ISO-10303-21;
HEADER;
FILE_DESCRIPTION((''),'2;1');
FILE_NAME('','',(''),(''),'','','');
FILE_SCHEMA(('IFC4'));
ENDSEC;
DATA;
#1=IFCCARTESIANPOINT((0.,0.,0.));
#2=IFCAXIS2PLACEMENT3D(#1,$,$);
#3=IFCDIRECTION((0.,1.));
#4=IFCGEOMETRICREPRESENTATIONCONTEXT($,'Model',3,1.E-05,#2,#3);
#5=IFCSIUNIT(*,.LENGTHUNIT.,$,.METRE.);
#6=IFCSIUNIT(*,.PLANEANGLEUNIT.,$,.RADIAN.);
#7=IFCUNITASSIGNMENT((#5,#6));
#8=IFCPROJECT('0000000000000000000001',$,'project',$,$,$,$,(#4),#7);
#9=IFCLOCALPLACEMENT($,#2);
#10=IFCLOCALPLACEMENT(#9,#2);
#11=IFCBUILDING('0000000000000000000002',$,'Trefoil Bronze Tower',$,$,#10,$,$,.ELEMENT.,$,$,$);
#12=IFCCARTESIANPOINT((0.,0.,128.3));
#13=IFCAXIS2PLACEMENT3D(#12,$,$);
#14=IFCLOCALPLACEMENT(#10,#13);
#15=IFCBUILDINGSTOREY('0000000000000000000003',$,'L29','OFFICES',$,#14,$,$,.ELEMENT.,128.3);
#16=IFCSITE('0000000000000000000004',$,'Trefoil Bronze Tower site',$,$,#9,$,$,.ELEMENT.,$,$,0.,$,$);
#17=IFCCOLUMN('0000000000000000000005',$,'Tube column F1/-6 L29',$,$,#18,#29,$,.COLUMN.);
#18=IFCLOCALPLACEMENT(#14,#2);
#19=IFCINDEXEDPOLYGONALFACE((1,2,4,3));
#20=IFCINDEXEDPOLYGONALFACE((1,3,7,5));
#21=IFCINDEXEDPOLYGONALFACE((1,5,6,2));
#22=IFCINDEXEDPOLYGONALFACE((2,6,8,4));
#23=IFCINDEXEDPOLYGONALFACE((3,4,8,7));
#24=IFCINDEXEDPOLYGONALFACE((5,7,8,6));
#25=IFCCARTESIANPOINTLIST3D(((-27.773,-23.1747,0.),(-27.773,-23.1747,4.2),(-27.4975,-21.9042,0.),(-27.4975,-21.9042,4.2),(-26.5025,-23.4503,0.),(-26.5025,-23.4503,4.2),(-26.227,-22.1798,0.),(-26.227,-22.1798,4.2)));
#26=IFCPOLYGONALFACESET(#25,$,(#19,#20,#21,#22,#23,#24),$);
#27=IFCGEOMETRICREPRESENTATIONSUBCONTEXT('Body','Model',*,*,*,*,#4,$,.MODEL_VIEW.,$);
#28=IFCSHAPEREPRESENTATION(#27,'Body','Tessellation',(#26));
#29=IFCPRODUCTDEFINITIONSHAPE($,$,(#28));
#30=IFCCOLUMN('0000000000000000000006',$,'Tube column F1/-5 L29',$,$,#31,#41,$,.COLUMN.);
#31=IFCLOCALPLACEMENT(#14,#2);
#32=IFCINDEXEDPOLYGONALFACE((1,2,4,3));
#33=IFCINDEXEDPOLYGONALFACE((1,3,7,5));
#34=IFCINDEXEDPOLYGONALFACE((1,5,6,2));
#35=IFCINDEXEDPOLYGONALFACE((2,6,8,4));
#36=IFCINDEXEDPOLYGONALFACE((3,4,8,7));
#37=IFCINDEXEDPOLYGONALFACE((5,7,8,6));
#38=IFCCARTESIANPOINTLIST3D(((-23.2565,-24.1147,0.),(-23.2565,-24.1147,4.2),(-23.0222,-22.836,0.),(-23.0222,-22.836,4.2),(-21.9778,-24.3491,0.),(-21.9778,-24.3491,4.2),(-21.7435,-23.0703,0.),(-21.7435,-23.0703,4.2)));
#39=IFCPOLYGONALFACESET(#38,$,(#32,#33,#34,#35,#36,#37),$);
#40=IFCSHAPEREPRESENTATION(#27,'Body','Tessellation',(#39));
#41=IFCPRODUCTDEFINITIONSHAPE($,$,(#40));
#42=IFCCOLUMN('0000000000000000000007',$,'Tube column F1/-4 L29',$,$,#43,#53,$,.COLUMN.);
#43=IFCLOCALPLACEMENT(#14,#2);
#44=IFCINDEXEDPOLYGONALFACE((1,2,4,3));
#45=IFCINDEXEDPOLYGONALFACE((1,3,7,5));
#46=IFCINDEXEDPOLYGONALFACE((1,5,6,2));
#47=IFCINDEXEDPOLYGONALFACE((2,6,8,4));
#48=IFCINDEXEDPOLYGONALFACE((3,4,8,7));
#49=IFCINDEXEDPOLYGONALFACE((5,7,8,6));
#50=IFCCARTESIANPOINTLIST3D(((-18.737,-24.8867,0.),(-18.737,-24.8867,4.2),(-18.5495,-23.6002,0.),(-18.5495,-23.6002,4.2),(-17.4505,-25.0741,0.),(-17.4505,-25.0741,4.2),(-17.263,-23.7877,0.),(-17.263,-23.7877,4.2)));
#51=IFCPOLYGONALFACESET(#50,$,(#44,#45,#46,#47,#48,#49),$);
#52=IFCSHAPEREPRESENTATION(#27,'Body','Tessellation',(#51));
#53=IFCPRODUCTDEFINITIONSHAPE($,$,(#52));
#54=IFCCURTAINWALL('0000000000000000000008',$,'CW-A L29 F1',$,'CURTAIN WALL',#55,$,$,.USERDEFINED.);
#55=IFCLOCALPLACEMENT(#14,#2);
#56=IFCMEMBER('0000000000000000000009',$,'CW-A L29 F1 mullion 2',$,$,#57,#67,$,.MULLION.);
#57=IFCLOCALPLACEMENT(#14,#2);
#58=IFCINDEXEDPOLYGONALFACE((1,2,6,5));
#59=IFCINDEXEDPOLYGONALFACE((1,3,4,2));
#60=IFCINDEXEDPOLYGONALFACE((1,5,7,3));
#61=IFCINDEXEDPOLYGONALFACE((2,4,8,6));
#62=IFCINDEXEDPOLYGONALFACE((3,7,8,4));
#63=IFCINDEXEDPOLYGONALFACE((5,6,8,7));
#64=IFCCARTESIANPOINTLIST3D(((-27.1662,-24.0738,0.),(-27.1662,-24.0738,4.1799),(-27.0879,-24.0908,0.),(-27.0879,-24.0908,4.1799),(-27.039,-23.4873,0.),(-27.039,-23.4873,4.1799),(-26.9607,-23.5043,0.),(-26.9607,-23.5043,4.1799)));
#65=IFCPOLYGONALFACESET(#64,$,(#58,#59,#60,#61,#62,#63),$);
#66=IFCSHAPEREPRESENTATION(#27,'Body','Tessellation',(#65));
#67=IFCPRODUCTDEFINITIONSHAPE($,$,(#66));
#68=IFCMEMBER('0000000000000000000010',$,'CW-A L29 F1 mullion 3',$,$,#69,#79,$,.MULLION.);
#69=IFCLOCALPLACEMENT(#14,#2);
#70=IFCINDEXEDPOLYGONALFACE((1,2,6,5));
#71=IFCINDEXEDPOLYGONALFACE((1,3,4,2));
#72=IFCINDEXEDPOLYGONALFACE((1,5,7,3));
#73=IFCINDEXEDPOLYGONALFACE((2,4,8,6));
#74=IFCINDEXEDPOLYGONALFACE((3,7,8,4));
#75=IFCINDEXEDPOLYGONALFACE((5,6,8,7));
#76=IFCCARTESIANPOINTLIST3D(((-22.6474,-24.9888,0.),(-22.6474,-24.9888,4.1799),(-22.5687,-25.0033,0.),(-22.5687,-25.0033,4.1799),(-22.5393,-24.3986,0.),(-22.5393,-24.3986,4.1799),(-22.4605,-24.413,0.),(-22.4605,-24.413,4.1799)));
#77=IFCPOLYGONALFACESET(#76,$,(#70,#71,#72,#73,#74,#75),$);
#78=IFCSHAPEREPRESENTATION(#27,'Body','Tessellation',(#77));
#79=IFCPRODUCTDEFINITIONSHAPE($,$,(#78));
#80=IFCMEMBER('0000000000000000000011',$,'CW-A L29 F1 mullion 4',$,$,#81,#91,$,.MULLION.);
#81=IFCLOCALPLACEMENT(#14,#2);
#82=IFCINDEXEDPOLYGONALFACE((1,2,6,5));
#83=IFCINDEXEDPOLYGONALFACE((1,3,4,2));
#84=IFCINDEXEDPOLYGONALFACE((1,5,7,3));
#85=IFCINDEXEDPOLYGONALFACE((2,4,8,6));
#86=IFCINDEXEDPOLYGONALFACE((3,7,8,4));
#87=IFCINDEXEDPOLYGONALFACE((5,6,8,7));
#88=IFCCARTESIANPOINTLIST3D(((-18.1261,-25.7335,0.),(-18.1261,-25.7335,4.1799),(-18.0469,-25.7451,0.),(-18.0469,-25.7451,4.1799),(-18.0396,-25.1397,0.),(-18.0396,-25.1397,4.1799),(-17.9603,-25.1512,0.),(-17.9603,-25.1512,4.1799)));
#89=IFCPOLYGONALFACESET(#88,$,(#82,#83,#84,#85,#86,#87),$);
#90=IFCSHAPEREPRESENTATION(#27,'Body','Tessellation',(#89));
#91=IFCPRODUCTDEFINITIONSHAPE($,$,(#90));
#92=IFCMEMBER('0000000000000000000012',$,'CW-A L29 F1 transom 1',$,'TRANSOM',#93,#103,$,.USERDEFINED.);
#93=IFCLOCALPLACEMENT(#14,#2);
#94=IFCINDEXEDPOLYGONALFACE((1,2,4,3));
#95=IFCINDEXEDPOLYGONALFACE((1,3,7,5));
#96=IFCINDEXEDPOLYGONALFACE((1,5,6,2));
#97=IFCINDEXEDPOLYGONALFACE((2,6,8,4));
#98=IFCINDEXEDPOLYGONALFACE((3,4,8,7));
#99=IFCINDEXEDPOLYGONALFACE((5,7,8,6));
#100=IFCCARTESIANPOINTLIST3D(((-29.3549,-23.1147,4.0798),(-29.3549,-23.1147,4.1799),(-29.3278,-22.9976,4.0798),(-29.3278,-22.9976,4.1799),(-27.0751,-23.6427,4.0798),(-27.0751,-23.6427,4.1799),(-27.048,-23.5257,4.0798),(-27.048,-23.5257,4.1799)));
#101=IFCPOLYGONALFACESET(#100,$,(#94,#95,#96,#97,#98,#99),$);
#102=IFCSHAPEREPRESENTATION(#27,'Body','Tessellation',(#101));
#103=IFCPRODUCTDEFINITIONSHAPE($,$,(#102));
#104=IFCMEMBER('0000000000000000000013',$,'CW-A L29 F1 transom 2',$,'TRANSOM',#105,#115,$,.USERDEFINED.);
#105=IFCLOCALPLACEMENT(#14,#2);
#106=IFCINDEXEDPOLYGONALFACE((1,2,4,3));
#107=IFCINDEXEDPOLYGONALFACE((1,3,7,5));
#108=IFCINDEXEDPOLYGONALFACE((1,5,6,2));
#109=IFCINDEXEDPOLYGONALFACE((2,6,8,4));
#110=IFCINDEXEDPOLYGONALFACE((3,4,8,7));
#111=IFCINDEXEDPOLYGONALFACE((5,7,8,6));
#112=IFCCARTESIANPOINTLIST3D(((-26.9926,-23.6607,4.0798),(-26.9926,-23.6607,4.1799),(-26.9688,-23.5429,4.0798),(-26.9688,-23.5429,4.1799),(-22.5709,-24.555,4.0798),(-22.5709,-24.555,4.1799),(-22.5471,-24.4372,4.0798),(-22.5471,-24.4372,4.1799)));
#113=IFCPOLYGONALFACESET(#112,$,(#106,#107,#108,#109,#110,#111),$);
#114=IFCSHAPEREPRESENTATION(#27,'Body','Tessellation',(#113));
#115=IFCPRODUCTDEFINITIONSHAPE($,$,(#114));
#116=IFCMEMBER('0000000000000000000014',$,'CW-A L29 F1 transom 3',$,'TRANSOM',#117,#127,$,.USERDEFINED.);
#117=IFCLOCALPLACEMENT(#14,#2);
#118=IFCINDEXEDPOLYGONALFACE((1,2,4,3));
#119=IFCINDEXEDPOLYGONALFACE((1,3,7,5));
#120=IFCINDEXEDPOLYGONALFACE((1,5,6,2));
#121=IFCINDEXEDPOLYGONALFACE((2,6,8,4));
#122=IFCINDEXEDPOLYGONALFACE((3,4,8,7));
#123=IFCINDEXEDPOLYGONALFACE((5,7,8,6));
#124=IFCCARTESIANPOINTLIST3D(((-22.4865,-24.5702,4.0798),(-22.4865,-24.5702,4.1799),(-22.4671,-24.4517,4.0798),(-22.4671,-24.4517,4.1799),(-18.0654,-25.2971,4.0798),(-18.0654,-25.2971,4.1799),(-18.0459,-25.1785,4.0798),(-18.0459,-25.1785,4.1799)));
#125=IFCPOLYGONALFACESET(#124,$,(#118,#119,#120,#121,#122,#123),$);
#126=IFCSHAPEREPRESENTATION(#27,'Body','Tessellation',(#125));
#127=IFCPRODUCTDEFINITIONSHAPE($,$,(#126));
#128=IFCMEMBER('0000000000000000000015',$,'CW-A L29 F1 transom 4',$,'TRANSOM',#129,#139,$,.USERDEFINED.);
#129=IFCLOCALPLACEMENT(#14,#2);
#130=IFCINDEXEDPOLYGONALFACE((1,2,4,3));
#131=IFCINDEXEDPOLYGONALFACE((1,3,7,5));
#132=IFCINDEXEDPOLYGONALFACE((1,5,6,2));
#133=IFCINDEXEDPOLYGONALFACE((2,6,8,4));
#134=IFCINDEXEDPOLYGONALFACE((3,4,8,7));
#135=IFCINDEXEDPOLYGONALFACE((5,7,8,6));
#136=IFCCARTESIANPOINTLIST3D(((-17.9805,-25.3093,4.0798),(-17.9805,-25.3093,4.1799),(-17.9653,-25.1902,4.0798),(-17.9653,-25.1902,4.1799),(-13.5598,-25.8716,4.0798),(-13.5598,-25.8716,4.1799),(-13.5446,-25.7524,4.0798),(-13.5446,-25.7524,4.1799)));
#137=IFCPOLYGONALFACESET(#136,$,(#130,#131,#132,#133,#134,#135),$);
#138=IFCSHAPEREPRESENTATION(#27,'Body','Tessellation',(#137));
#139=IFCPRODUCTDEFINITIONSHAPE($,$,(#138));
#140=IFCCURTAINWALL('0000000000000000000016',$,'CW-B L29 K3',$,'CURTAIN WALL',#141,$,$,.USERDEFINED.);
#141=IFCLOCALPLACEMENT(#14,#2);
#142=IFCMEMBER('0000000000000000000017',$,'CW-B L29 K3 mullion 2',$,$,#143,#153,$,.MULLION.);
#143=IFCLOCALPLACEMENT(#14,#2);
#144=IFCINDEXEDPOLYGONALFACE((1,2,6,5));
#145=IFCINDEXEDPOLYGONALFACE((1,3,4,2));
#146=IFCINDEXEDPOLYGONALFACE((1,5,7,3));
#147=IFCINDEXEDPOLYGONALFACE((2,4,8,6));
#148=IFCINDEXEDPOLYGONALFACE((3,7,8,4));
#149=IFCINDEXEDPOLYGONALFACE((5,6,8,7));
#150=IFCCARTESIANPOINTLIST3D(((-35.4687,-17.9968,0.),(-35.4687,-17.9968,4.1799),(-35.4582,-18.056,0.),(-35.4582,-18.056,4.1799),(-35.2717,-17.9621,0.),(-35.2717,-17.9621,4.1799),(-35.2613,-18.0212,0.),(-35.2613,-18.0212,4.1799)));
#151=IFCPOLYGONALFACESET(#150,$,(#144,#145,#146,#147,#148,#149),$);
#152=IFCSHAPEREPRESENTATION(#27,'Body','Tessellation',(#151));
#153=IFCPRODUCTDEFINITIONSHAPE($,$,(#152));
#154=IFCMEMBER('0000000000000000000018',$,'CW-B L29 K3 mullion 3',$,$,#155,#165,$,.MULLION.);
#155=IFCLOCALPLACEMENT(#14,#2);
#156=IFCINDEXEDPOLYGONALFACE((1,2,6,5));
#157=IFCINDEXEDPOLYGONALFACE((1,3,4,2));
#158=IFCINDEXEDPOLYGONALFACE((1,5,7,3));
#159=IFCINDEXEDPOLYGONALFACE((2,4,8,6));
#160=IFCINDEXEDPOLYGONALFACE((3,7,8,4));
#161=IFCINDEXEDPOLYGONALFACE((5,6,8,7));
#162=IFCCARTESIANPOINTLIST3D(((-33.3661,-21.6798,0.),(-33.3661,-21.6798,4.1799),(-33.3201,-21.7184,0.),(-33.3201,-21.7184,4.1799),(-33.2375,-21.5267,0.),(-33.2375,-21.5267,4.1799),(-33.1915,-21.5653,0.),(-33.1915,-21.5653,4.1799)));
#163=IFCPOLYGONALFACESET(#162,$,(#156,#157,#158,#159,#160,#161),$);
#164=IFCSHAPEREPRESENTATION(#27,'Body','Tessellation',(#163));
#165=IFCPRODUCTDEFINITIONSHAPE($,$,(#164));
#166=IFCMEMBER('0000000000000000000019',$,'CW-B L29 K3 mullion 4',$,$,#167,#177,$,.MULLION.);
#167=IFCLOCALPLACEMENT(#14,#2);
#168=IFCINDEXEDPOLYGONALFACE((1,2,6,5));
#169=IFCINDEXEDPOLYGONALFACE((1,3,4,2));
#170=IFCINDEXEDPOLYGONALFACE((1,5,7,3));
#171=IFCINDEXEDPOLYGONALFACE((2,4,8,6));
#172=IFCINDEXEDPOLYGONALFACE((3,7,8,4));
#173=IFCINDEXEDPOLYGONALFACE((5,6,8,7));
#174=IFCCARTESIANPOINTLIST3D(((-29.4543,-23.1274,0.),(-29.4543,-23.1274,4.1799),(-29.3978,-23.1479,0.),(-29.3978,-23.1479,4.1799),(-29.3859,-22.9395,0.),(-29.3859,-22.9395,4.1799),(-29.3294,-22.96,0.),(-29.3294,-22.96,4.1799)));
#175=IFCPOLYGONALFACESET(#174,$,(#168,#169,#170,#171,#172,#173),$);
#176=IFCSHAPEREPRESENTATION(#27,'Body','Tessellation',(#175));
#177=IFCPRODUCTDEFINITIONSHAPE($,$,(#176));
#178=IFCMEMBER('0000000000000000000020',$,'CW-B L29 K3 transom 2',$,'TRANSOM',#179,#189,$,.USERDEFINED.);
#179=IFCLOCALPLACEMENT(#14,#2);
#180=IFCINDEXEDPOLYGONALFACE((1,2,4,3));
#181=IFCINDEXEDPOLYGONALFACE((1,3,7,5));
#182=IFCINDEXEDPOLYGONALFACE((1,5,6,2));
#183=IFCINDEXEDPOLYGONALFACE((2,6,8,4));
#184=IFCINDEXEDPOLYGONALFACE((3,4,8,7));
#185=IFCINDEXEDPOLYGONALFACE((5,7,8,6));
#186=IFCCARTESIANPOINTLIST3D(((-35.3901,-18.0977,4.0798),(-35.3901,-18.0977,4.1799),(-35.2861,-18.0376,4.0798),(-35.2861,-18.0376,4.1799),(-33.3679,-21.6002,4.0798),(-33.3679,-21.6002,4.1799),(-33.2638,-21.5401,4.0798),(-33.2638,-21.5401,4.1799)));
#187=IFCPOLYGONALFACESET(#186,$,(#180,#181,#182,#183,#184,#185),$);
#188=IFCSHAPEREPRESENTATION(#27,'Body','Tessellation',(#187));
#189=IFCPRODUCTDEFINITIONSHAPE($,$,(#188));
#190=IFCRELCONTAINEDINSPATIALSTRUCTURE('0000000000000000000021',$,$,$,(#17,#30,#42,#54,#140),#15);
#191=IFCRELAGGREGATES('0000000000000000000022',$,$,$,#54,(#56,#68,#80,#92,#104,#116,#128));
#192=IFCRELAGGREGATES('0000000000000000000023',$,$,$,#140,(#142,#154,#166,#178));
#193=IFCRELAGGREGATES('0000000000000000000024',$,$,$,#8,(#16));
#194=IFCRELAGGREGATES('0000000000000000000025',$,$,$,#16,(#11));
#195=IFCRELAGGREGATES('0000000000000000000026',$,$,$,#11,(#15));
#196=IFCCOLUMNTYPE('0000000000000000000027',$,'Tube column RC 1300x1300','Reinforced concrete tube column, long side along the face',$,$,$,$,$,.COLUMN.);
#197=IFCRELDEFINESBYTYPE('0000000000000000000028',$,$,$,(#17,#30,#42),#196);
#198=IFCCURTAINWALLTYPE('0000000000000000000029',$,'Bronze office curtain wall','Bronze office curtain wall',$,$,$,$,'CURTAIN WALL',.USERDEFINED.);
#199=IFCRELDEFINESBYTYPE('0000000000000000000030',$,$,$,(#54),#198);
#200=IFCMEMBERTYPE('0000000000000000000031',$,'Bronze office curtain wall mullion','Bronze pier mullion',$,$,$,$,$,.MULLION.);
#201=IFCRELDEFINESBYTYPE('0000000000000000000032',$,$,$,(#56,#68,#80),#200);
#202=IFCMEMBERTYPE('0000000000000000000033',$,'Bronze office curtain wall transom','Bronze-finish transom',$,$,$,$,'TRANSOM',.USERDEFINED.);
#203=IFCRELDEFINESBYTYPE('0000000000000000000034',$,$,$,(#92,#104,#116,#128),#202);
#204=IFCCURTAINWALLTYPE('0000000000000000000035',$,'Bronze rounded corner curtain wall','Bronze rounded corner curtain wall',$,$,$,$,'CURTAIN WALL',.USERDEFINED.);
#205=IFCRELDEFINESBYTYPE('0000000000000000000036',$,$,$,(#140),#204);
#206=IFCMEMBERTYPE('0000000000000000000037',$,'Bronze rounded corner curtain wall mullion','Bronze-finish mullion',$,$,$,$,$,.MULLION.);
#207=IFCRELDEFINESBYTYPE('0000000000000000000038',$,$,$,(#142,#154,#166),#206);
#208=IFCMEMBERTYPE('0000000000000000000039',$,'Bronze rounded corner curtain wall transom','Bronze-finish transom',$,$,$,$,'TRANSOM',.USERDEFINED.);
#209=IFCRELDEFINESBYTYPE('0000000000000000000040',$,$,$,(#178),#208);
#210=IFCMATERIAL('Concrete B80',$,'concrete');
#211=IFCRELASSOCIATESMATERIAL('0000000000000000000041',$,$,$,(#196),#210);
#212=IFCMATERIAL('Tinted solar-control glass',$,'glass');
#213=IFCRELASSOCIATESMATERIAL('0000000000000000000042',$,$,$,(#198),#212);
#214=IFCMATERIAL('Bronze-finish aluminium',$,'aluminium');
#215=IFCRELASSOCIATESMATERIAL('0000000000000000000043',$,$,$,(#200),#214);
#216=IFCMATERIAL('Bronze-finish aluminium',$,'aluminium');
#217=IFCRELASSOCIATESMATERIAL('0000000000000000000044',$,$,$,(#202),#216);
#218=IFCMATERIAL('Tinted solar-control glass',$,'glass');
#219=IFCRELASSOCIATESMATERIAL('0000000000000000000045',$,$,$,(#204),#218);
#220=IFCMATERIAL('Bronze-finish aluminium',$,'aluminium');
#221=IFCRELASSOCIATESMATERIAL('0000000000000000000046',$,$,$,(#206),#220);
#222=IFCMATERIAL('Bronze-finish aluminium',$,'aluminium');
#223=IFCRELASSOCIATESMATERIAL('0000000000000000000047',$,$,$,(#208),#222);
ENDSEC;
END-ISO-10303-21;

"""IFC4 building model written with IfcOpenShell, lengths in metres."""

from ifc_helpers import new_model, si_unit, direction, frame, origin, origin_2d, place, context, subcontext, project, spatial, rectangle, extrude, material, material_profile, profile_set, type_object, element, aggregate, save


model = new_model("IFC4")

# Units and contexts
model_context = context("Model", 3, precision=1e-05, world=origin(), true_north=direction((0.0, 1.0)))
body_context = subcontext(model_context, "Body", "Model", "MODEL_VIEW")
ifc_project = project(units=[si_unit("LENGTHUNIT", "METRE"), si_unit("PLANEANGLEUNIT", "RADIAN")], contexts=[model_context])

# Site, building, storey
site_placement = place(None, origin())
site = spatial("IfcSite", under=ifc_project, at=site_placement, Name="Trefoil Bronze Tower site", CompositionType="ELEMENT", RefElevation=0.0)
building_placement = place(site_placement, origin())
building = spatial("IfcBuilding", under=site, at=building_placement, Name="Trefoil Bronze Tower", CompositionType="ELEMENT")
storey_placement = place(building_placement, frame((0.0, 0.0, 128.3)))
storey = spatial("IfcBuildingStorey", under=building, at=storey_placement, Name="L29", Description="OFFICES", CompositionType="ELEMENT", Elevation=128.3)

# Columns
ifc_material_1 = material(Name="Concrete B80", Category="concrete")
ifc_material_profile_1 = material_profile(ifc_material_1, rectangle(XDim=1.3, YDim=1.3, at=origin_2d()), Name="RC 1300x1300")
ifc_profile_set_1 = profile_set([ifc_material_profile_1], Name="Concrete B80")
column_type = type_object("IfcColumnType", Name="Tube column RC 1300x1300", Description="Reinforced concrete tube column, long side along the face", PredefinedType="COLUMN", material=ifc_profile_set_1)
for number, where, z_axis, x_axis, name in (
    (1, (-27.0, -22.6772, 0.0), (0.0, 0.0, 1.0), (0.977276, -0.21197, 0.0), "Tube column F1/-6 L29"),
    (2, (-22.5, -23.5925, 0.0), (0.0, 0.0, 1.0), (0.983623, -0.180241, 0.0), "Tube column F1/-5 L29"),
    (3, (-18.0, -24.3372, 0.0), (0.0, 0.0, 1.0), (0.98955, -0.144192, 0.0), "Tube column F1/-4 L29"),
):
    element("IfcColumn", number, at=place(storey_placement, frame(where, z_axis=z_axis, x_axis=x_axis)), inside=storey, type_object=column_type, Name=name, PredefinedType="COLUMN", context=body_context, shape_type="SweptSolid", body=[
        extrude(rectangle(XDim=1.3, YDim=1.3, at=origin_2d()), origin(), (0.0, 0.0, 1.0), 4.2),
    ])

# Curtain walls, members
ifc_material_2 = material(Name="Tinted solar-control glass", Category="glass")
curtain_wall_type_1 = type_object("IfcCurtainWallType", Name="Bronze office curtain wall", Description="Bronze office curtain wall", ElementType="CURTAIN WALL", PredefinedType="USERDEFINED", material=ifc_material_2)
curtain_wall_1_placement = place(storey_placement, origin())
curtain_wall_1 = element("IfcCurtainWall", 4, at=curtain_wall_1_placement, inside=storey, type_object=curtain_wall_type_1, Name="CW-A L29 F1", ObjectType="CURTAIN WALL", PredefinedType="USERDEFINED")
ifc_material_3 = material(Name="Bronze-finish aluminium", Category="aluminium")
ifc_material_profile_2 = material_profile(ifc_material_3, rectangle(XDim=0.6001, YDim=0.0801, at=origin_2d()), Name="CW-A mullion")
ifc_profile_set_2 = profile_set([ifc_material_profile_2], Name="Bronze-finish aluminium")
member_type_1 = type_object("IfcMemberType", Name="Bronze office curtain wall mullion", Description="Bronze pier mullion", PredefinedType="MULLION", material=ifc_profile_set_2)
member_1_placement = place(storey_placement, frame((-27.0635, -23.7891, 0.0), z_axis=(0.0, 0.0, 1.0), x_axis=(0.21197, 0.977276, 0.0)))
member_1 = element("IfcMember", 5, at=member_1_placement, type_object=member_type_1, Name="CW-A L29 F1 mullion 2", PredefinedType="MULLION", context=body_context, shape_type="SweptSolid", body=[
    extrude(rectangle(XDim=0.6001, YDim=0.0801, at=origin_2d()), origin(), (0.0, 0.0, 1.0), 4.1799),
])
member_2_placement = place(storey_placement, frame((-22.554, -24.7009, 0.0), z_axis=(0.0, 0.0, 1.0), x_axis=(0.180241, 0.983623, 0.0)))
member_2 = element("IfcMember", 6, at=member_2_placement, type_object=member_type_1, Name="CW-A L29 F1 mullion 3", PredefinedType="MULLION", context=body_context, shape_type="SweptSolid", body=[
    extrude(rectangle(XDim=0.6001, YDim=0.0801, at=origin_2d()), origin(), (0.0, 0.0, 1.0), 4.1799),
])
member_3_placement = place(storey_placement, frame((-18.0432, -25.4424, 0.0), z_axis=(0.0, 0.0, 1.0), x_axis=(0.144192, 0.98955, 0.0)))
member_3 = element("IfcMember", 7, at=member_3_placement, type_object=member_type_1, Name="CW-A L29 F1 mullion 4", PredefinedType="MULLION", context=body_context, shape_type="SweptSolid", body=[
    extrude(rectangle(XDim=0.6001, YDim=0.0801, at=origin_2d()), origin(), (0.0, 0.0, 1.0), 4.1799),
])
ifc_material_4 = material(Name="Bronze-finish aluminium", Category="aluminium")
ifc_material_profile_3 = material_profile(ifc_material_4, rectangle(XDim=0.1201, YDim=0.1001, at=origin_2d()), Name="CW-A transom")
ifc_profile_set_3 = profile_set([ifc_material_profile_3], Name="Bronze-finish aluminium")
member_type_2 = type_object("IfcMemberType", Name="Bronze office curtain wall transom", Description="Bronze-finish transom", ElementType="TRANSOM", PredefinedType="USERDEFINED", material=ifc_profile_set_3)
member_4_placement = place(storey_placement, frame((-29.3413, -23.0562, 4.1299), z_axis=(0.974206, -0.225659, 0.0), x_axis=(0.225659, 0.974206, 0.0)))
member_4 = element("IfcMember", 8, at=member_4_placement, type_object=member_type_2, Name="CW-A L29 F1 transom 1", ObjectType="TRANSOM", PredefinedType="USERDEFINED", context=body_context, shape_type="SweptSolid", body=[
    extrude(rectangle(XDim=0.1201, YDim=0.1001, at=origin_2d()), origin(), (0.0, 0.0, 1.0), 2.3401),
])
member_5_placement = place(storey_placement, frame((-26.9807, -23.6018, 4.1299), z_axis=(0.980154, -0.198239, 0.0), x_axis=(0.198239, 0.980154, 0.0)))
member_5 = element("IfcMember", 9, at=member_5_placement, type_object=member_type_2, Name="CW-A L29 F1 transom 2", ObjectType="TRANSOM", PredefinedType="USERDEFINED", context=body_context, shape_type="SweptSolid", body=[
    extrude(rectangle(XDim=0.1201, YDim=0.1001, at=origin_2d()), origin(), (0.0, 0.0, 1.0), 4.5112),
])
member_6_placement = place(storey_placement, frame((-22.4768, -24.511, 4.1299), z_axis=(0.986755, -0.162216, 0.0), x_axis=(0.162216, 0.986755, 0.0)))
member_6 = element("IfcMember", 10, at=member_6_placement, type_object=member_type_2, Name="CW-A L29 F1 transom 3", ObjectType="TRANSOM", PredefinedType="USERDEFINED", context=body_context, shape_type="SweptSolid", body=[
    extrude(rectangle(XDim=0.1201, YDim=0.1001, at=origin_2d()), origin(), (0.0, 0.0, 1.0), 4.4805),
])
member_7_placement = place(storey_placement, frame((-17.9729, -25.2498, 4.1299), z_axis=(0.992008, -0.126172, 0.0), x_axis=(0.126172, 0.992008, 0.0)))
member_7 = element("IfcMember", 11, at=member_7_placement, type_object=member_type_2, Name="CW-A L29 F1 transom 4", ObjectType="TRANSOM", PredefinedType="USERDEFINED", context=body_context, shape_type="SweptSolid", body=[
    extrude(rectangle(XDim=0.1201, YDim=0.1001, at=origin_2d()), origin(), (0.0, 0.0, 1.0), 4.4563),
])
ifc_material_5 = material(Name="Tinted solar-control glass", Category="glass")
curtain_wall_type_2 = type_object("IfcCurtainWallType", Name="Bronze rounded corner curtain wall", Description="Bronze rounded corner curtain wall", ElementType="CURTAIN WALL", PredefinedType="USERDEFINED", material=ifc_material_5)
curtain_wall_2_placement = place(storey_placement, origin())
curtain_wall_2 = element("IfcCurtainWall", 12, at=curtain_wall_2_placement, inside=storey, type_object=curtain_wall_type_2, Name="CW-B L29 K3", ObjectType="CURTAIN WALL", PredefinedType="USERDEFINED")
ifc_material_6 = material(Name="Bronze-finish aluminium", Category="aluminium")
ifc_material_profile_4 = material_profile(ifc_material_6, rectangle(XDim=0.2, YDim=0.0601, at=origin_2d()), Name="CW-B mullion")
ifc_profile_set_4 = profile_set([ifc_material_profile_4], Name="Bronze-finish aluminium")
member_type_3 = type_object("IfcMemberType", Name="Bronze rounded corner curtain wall mullion", Description="Bronze-finish mullion", PredefinedType="MULLION", material=ifc_profile_set_4)
member_8_placement = place(storey_placement, frame((-35.365, -18.009, 0.0), z_axis=(0.0, 0.0, 1.0), x_axis=(0.984808, 0.173648, 0.0)))
member_8 = element("IfcMember", 13, at=member_8_placement, type_object=member_type_3, Name="CW-B L29 K3 mullion 2", PredefinedType="MULLION", context=body_context, shape_type="SweptSolid", body=[
    extrude(rectangle(XDim=0.2, YDim=0.0601, at=origin_2d()), origin(), (0.0, 0.0, 1.0), 4.1799),
])
member_9_placement = place(storey_placement, frame((-33.2788, -21.6226, 0.0), z_axis=(0.0, 0.0, 1.0), x_axis=(0.642788, 0.766044, 0.0)))
member_9 = element("IfcMember", 14, at=member_9_placement, type_object=member_type_3, Name="CW-B L29 K3 mullion 3", PredefinedType="MULLION", context=body_context, shape_type="SweptSolid", body=[
    extrude(rectangle(XDim=0.2, YDim=0.0601, at=origin_2d()), origin(), (0.0, 0.0, 1.0), 4.1799),
])
member_10_placement = place(storey_placement, frame((-29.3918, -23.0437, 0.0), z_axis=(0.0, 0.0, 1.0), x_axis=(0.34202, 0.939693, 0.0)))
member_10 = element("IfcMember", 15, at=member_10_placement, type_object=member_type_3, Name="CW-B L29 K3 mullion 4", PredefinedType="MULLION", context=body_context, shape_type="SweptSolid", body=[
    extrude(rectangle(XDim=0.2, YDim=0.0601, at=origin_2d()), origin(), (0.0, 0.0, 1.0), 4.1799),
])
ifc_material_7 = material(Name="Bronze-finish aluminium", Category="aluminium")
ifc_material_profile_5 = material_profile(ifc_material_7, rectangle(XDim=0.1201, YDim=0.1001, at=origin_2d()), Name="CW-B transom")
ifc_profile_set_5 = profile_set([ifc_material_profile_5], Name="Bronze-finish aluminium")
member_type_4 = type_object("IfcMemberType", Name="Bronze rounded corner curtain wall transom", Description="Bronze-finish transom", ElementType="TRANSOM", PredefinedType="USERDEFINED", material=ifc_profile_set_5)
member_11_placement = place(storey_placement, frame((-35.3381, -18.0676, 4.1299), z_axis=(0.500015, -0.866017, 0.0), x_axis=(0.866017, 0.500015, 0.0)))
member_11 = element("IfcMember", 16, at=member_11_placement, type_object=member_type_4, Name="CW-B L29 K3 transom 2", ObjectType="TRANSOM", PredefinedType="USERDEFINED", context=body_context, shape_type="SweptSolid", body=[
    extrude(rectangle(XDim=0.1201, YDim=0.1001, at=origin_2d()), origin(), (0.0, 0.0, 1.0), 4.0444),
])

aggregate(curtain_wall_1, [member_1, member_2, member_3, member_4, member_5, member_6, member_7])
aggregate(curtain_wall_2, [member_8, member_9, member_10, member_11])

save(model, "model.ifc")
